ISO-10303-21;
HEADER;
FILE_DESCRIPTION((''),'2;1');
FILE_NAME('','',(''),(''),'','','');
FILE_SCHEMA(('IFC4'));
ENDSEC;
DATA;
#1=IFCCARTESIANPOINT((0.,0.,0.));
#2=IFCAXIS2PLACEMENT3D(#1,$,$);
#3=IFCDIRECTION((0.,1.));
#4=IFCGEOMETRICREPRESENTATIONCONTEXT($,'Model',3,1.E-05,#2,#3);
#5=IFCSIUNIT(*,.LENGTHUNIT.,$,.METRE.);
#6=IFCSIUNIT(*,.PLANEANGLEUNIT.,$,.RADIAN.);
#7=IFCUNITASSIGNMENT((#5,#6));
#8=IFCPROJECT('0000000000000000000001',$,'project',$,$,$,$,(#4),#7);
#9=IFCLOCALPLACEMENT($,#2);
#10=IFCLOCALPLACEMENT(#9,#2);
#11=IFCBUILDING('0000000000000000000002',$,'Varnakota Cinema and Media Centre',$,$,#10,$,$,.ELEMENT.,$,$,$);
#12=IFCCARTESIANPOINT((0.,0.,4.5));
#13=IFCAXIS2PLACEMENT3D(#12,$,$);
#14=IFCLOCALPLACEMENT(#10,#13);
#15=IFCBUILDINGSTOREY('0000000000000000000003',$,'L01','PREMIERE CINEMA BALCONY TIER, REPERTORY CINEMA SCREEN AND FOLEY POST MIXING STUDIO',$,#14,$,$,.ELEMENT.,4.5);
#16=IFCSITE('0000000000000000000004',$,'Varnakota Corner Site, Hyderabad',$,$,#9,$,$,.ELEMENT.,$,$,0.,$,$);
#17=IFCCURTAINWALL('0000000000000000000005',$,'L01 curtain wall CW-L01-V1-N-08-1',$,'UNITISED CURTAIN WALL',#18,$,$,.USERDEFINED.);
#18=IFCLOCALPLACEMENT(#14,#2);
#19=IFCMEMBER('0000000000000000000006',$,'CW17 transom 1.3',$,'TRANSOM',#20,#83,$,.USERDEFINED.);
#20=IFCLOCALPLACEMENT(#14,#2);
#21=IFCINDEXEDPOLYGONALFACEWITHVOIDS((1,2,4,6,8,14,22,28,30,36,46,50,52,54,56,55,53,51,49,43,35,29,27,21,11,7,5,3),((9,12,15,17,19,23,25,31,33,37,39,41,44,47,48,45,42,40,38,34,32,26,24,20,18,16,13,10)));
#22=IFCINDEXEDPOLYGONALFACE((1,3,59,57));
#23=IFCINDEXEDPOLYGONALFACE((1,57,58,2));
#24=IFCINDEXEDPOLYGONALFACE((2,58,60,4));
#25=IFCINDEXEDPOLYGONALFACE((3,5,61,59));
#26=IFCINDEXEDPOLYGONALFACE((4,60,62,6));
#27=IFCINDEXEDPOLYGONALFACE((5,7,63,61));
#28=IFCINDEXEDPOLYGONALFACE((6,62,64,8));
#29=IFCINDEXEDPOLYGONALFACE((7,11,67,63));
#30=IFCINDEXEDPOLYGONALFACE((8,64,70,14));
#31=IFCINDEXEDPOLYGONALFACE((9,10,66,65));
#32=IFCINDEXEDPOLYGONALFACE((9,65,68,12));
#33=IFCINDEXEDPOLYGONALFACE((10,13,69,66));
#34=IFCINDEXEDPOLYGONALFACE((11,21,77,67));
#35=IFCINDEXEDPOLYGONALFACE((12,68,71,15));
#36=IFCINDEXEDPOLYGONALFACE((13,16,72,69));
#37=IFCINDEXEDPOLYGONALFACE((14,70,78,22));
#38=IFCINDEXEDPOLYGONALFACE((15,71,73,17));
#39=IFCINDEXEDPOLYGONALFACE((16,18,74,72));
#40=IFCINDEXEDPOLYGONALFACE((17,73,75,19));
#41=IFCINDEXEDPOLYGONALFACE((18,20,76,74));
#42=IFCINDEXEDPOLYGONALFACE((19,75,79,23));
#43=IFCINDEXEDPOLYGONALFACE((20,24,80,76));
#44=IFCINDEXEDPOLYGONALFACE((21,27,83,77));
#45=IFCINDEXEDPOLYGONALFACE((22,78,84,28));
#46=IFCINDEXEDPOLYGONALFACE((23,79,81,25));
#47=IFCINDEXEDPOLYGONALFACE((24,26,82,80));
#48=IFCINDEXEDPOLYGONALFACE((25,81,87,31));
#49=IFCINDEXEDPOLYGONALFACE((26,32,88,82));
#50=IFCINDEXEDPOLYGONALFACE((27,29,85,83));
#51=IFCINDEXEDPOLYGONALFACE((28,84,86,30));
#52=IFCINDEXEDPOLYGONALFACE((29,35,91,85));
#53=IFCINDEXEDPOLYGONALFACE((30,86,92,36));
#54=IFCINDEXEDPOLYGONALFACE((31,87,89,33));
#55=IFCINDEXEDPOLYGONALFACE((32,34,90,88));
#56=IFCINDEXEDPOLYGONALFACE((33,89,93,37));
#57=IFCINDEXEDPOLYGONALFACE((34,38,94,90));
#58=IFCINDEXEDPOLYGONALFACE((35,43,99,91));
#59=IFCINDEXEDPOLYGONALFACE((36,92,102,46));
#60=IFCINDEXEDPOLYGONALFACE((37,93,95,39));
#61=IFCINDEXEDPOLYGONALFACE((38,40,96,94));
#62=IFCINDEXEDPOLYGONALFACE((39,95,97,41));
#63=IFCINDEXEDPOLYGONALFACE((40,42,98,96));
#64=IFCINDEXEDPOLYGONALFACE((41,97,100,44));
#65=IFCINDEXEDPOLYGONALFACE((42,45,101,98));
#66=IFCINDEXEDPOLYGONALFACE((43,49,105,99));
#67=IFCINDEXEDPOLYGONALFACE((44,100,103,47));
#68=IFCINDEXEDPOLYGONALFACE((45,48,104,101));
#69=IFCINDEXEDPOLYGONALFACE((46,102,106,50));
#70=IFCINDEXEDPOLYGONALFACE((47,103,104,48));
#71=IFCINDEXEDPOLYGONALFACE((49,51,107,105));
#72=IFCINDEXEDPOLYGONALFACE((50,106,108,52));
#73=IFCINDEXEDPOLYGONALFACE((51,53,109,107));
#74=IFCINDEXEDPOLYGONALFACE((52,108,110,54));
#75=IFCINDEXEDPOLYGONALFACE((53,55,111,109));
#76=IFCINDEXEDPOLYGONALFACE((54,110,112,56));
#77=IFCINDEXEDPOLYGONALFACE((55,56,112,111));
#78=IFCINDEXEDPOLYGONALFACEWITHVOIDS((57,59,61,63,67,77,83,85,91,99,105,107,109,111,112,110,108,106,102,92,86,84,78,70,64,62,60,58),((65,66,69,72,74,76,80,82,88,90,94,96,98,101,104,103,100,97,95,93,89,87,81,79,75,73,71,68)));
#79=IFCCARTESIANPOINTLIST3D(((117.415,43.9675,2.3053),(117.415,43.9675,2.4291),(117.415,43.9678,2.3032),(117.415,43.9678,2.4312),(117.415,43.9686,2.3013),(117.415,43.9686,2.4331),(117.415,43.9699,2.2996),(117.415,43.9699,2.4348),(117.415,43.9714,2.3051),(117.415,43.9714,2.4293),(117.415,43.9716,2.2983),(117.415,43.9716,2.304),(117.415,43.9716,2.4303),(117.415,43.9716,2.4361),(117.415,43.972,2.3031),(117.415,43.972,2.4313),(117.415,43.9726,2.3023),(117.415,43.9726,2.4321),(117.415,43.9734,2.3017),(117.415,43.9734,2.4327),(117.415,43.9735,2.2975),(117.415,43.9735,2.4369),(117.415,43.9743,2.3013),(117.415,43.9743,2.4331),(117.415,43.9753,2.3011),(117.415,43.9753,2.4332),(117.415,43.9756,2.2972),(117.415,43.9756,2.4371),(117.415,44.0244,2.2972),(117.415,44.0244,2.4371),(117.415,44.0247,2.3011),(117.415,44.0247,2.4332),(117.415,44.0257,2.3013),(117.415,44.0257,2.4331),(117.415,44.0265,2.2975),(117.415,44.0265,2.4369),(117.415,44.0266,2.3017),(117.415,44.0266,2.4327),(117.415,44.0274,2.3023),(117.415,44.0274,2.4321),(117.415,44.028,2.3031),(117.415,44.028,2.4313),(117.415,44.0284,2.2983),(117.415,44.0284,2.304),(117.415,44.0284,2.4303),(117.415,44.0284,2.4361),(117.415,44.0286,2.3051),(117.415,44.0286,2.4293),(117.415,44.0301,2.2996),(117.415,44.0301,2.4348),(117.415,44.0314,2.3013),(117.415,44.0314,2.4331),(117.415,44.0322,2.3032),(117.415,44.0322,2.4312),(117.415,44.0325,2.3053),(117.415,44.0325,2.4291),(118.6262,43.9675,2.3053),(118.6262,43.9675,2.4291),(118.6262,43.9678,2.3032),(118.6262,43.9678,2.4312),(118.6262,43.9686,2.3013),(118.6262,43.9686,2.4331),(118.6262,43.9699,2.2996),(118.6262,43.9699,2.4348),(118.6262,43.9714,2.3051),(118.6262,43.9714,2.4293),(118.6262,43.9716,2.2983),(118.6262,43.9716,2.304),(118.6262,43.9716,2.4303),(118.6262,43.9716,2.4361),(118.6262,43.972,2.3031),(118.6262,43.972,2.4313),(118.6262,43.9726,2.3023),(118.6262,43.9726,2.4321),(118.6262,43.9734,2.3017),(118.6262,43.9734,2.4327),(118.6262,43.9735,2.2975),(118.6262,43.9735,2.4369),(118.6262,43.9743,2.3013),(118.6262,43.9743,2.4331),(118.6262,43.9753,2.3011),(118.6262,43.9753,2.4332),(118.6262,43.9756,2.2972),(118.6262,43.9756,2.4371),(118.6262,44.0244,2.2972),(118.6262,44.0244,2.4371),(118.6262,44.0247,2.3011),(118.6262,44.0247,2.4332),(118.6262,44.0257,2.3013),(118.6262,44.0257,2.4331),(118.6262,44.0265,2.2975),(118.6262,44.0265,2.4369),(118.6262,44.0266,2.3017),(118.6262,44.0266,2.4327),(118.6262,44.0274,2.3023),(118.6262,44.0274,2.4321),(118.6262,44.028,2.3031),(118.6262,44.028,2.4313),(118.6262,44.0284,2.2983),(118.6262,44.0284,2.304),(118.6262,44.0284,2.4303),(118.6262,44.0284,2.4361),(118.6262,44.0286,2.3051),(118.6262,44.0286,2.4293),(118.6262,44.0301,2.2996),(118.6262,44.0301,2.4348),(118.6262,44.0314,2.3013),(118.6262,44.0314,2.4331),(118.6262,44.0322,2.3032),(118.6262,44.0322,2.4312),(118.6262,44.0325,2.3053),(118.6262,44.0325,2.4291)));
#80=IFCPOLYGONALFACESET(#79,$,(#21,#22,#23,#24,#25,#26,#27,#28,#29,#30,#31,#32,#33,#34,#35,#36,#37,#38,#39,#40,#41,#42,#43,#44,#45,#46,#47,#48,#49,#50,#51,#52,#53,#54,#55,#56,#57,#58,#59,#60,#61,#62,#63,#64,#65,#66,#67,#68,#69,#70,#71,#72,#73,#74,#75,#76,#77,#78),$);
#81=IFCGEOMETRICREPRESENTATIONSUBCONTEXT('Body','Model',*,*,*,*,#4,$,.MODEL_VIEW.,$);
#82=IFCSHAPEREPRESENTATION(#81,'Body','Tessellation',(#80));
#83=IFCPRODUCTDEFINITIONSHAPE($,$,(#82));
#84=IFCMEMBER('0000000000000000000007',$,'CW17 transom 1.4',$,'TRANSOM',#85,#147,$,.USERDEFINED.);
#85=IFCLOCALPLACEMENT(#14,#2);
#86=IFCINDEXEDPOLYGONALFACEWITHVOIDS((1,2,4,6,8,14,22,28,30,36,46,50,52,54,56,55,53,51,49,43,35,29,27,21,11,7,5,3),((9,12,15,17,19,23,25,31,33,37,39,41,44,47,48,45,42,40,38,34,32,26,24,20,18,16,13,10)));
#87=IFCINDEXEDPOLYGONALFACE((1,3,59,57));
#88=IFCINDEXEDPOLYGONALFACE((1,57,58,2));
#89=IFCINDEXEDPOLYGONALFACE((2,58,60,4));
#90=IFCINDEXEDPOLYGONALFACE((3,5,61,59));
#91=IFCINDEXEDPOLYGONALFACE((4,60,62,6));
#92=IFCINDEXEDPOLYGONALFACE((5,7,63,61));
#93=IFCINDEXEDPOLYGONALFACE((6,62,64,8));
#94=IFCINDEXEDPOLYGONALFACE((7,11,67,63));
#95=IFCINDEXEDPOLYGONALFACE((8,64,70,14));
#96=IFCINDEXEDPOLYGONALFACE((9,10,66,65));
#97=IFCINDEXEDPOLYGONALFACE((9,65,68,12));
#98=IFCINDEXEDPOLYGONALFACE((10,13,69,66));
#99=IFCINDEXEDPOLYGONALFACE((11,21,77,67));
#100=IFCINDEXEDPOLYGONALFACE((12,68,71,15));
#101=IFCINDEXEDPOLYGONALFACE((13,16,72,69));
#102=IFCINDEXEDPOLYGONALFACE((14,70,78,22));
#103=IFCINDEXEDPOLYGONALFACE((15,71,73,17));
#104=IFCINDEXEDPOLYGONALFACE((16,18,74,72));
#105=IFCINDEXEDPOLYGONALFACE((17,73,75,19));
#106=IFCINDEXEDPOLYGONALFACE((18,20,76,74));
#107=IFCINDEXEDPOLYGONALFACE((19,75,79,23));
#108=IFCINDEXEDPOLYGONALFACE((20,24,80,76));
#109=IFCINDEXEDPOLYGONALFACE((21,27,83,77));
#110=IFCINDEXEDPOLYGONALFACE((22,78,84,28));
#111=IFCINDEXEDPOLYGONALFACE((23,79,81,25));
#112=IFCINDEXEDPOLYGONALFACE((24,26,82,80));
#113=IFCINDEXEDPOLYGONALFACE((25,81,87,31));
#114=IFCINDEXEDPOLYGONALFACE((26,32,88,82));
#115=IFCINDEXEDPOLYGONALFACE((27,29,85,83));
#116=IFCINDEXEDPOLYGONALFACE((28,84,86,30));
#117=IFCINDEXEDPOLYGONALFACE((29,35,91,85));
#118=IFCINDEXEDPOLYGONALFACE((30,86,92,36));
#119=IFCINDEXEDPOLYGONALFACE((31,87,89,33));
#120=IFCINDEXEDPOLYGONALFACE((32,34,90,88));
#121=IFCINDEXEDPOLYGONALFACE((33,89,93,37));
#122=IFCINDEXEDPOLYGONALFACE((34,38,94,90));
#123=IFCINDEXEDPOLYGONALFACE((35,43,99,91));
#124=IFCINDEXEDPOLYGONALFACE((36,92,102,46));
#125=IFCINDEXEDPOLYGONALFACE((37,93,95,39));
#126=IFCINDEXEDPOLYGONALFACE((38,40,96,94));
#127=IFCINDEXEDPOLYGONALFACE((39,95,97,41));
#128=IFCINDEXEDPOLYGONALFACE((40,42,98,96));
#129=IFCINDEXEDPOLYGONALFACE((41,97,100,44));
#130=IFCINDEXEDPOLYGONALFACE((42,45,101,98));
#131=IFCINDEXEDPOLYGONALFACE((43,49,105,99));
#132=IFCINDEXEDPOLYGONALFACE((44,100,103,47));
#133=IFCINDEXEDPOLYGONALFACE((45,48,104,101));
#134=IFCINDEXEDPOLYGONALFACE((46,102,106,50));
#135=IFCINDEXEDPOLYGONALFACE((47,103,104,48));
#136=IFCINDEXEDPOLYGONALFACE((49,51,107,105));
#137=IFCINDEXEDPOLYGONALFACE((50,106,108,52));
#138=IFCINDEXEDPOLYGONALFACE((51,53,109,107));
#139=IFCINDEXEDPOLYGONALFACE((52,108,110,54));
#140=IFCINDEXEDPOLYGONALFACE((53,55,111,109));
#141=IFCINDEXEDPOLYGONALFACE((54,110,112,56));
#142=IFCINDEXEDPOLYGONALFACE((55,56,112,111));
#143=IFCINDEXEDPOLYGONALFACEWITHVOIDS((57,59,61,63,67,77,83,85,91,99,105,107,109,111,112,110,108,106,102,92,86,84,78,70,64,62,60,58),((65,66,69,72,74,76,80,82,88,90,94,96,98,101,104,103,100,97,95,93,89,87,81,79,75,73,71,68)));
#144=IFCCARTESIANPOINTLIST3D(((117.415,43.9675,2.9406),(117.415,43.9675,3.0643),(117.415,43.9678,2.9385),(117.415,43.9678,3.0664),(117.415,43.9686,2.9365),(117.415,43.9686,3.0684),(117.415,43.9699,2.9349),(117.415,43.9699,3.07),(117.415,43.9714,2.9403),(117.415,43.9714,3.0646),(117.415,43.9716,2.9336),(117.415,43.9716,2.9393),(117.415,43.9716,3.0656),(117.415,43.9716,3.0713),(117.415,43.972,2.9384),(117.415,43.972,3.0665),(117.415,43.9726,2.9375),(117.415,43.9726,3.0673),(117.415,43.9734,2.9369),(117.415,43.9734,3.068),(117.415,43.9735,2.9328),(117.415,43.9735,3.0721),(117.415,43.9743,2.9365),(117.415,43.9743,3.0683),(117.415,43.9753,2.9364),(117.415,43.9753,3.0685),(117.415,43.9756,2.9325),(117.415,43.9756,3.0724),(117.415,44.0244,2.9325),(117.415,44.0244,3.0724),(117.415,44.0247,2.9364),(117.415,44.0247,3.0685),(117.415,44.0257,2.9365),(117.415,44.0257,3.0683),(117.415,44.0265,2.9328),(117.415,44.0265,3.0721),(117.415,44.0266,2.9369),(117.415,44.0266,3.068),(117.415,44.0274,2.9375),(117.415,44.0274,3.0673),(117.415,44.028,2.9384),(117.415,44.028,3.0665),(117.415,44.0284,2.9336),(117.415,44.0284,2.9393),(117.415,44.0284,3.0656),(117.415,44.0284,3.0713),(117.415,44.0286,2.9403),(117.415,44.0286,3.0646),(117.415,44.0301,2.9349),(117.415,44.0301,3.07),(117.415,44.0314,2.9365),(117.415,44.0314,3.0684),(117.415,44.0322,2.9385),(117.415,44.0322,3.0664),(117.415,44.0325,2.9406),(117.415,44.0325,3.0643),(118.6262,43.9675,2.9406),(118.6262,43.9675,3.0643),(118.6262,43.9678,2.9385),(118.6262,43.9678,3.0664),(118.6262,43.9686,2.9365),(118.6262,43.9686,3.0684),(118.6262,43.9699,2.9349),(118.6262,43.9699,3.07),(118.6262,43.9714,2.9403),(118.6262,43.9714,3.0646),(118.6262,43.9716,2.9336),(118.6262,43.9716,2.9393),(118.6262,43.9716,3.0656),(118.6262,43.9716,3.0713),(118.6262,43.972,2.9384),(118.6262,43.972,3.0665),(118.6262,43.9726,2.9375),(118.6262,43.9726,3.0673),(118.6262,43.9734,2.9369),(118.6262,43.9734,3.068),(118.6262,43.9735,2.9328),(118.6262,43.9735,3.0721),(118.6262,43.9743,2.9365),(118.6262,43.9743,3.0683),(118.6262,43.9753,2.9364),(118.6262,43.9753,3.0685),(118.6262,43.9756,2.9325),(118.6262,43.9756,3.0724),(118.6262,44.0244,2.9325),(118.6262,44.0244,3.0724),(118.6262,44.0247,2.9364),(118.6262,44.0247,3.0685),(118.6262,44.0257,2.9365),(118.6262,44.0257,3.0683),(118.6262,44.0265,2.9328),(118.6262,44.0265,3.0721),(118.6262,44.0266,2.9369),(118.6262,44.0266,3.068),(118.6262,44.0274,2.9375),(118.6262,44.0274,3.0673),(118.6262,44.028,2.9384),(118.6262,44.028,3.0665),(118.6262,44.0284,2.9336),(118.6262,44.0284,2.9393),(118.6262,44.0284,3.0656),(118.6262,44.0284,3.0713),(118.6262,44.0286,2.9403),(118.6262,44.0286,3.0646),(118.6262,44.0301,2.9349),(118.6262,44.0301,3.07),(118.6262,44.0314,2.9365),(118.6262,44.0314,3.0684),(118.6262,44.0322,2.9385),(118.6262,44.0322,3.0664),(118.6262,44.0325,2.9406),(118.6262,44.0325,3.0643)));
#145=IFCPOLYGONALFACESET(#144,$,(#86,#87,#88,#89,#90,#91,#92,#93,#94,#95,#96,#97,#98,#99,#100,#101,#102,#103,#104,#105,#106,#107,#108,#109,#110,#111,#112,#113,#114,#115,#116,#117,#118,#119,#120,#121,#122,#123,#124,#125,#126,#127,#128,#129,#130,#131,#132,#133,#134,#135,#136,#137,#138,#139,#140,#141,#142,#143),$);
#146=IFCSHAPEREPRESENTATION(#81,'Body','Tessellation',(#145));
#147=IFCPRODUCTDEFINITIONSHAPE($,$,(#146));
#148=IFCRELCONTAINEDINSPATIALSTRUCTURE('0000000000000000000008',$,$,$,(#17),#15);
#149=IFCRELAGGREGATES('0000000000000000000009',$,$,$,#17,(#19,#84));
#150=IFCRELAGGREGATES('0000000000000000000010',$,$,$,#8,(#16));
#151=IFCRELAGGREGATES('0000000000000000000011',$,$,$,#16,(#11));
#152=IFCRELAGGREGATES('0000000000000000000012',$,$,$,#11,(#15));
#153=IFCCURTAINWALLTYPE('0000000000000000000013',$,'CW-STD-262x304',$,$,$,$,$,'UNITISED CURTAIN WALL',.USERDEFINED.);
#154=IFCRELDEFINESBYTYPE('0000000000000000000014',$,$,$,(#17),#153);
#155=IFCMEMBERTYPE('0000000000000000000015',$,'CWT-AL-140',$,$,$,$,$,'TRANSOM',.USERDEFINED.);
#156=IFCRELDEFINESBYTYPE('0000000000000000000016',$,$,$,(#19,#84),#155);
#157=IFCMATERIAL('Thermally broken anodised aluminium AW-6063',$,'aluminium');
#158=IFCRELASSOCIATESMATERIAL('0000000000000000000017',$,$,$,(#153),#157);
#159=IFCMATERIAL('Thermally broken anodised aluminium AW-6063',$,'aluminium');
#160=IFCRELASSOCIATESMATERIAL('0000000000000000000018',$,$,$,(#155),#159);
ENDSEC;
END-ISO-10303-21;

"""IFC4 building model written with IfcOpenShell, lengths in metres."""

from ifc_helpers import new_model, si_unit, direction, frame, origin, origin_2d, place, context, subcontext, project, spatial, hollow_rectangle, extrude, material, material_profile, profile_set, type_object, element, aggregate, save


model = new_model("IFC4")

# Units and contexts
model_context = context("Model", 3, precision=1e-05, world=origin(), true_north=direction((0.0, 1.0)))
body_context = subcontext(model_context, "Body", "Model", "MODEL_VIEW")
ifc_project = project(units=[si_unit("LENGTHUNIT", "METRE"), si_unit("PLANEANGLEUNIT", "RADIAN")], contexts=[model_context])

# Site, building, storey
site_placement = place(None, origin())
site = spatial("IfcSite", under=ifc_project, at=site_placement, Name="Varnakota Corner Site, Hyderabad", CompositionType="ELEMENT", RefElevation=0.0)
building_placement = place(site_placement, origin())
building = spatial("IfcBuilding", under=site, at=building_placement, Name="Varnakota Cinema and Media Centre", CompositionType="ELEMENT")
storey_placement = place(building_placement, frame((0.0, 0.0, 4.5)))
storey = spatial("IfcBuildingStorey", under=building, at=storey_placement, Name="L01", Description="PREMIERE CINEMA BALCONY TIER, REPERTORY CINEMA SCREEN AND FOLEY POST MIXING STUDIO", CompositionType="ELEMENT", Elevation=4.5)

# Shared definitions
ifc_material_1 = material(Name="Thermally broken anodised aluminium AW-6063", Category="aluminium")
curtain_wall_type = type_object("IfcCurtainWallType", Name="CW-STD-262x304", ElementType="UNITISED CURTAIN WALL", PredefinedType="USERDEFINED", material=ifc_material_1)

# Curtain wall
curtain_wall_1_placement = place(storey_placement, origin())
curtain_wall_1 = element("IfcCurtainWall", 1, at=curtain_wall_1_placement, inside=storey, type_object=curtain_wall_type, Name="L01 curtain wall CW-L01-V1-N-08-1", ObjectType="UNITISED CURTAIN WALL", PredefinedType="USERDEFINED")

# Members
ifc_material_2 = material(Name="Thermally broken anodised aluminium AW-6063", Category="aluminium")
ifc_material_profile_1 = material_profile(ifc_material_2, hollow_rectangle(XDim=0.0649, YDim=0.1399, WallThickness=0.0039, InnerFilletRadius=0.0039, OuterFilletRadius=0.0081, at=origin_2d()), Name="AL-TRANSOM 140x65x4")
ifc_profile_set_1 = profile_set([ifc_material_profile_1], Name="Thermally broken anodised aluminium AW-6063")
member_type_1 = type_object("IfcMemberType", Name="CWT-AL-140", ElementType="TRANSOM", PredefinedType="USERDEFINED", material=ifc_profile_set_1)
member_1_placement = place(storey_placement, frame((117.415, 44.0, 2.3672), z_axis=(1.0, 0.0, 0.0), x_axis=(0.0, 1.0, 0.0)))
member_1 = element("IfcMember", 2, at=member_1_placement, type_object=member_type_1, Name="CW17 transom 1.3", ObjectType="TRANSOM", PredefinedType="USERDEFINED", context=body_context, shape_type="SweptSolid", body=[
    extrude(hollow_rectangle(XDim=0.0649, YDim=0.1399, WallThickness=0.0039, InnerFilletRadius=0.0039, OuterFilletRadius=0.0081, at=origin_2d()), origin(), (0.0, 0.0, 1.0), 1.2112),
])
member_2_placement = place(storey_placement, frame((117.415, 44.0, 3.0024), z_axis=(1.0, 0.0, 0.0), x_axis=(0.0, 1.0, 0.0)))
member_2 = element("IfcMember", 3, at=member_2_placement, type_object=member_type_1, Name="CW17 transom 1.4", ObjectType="TRANSOM", PredefinedType="USERDEFINED", context=body_context, shape_type="SweptSolid", body=[
    extrude(hollow_rectangle(XDim=0.0649, YDim=0.1399, WallThickness=0.0039, InnerFilletRadius=0.0039, OuterFilletRadius=0.0081, at=origin_2d()), origin(), (0.0, 0.0, 1.0), 1.2112),
])

aggregate(curtain_wall_1, [member_1, member_2])

save(model, "model.ifc")
